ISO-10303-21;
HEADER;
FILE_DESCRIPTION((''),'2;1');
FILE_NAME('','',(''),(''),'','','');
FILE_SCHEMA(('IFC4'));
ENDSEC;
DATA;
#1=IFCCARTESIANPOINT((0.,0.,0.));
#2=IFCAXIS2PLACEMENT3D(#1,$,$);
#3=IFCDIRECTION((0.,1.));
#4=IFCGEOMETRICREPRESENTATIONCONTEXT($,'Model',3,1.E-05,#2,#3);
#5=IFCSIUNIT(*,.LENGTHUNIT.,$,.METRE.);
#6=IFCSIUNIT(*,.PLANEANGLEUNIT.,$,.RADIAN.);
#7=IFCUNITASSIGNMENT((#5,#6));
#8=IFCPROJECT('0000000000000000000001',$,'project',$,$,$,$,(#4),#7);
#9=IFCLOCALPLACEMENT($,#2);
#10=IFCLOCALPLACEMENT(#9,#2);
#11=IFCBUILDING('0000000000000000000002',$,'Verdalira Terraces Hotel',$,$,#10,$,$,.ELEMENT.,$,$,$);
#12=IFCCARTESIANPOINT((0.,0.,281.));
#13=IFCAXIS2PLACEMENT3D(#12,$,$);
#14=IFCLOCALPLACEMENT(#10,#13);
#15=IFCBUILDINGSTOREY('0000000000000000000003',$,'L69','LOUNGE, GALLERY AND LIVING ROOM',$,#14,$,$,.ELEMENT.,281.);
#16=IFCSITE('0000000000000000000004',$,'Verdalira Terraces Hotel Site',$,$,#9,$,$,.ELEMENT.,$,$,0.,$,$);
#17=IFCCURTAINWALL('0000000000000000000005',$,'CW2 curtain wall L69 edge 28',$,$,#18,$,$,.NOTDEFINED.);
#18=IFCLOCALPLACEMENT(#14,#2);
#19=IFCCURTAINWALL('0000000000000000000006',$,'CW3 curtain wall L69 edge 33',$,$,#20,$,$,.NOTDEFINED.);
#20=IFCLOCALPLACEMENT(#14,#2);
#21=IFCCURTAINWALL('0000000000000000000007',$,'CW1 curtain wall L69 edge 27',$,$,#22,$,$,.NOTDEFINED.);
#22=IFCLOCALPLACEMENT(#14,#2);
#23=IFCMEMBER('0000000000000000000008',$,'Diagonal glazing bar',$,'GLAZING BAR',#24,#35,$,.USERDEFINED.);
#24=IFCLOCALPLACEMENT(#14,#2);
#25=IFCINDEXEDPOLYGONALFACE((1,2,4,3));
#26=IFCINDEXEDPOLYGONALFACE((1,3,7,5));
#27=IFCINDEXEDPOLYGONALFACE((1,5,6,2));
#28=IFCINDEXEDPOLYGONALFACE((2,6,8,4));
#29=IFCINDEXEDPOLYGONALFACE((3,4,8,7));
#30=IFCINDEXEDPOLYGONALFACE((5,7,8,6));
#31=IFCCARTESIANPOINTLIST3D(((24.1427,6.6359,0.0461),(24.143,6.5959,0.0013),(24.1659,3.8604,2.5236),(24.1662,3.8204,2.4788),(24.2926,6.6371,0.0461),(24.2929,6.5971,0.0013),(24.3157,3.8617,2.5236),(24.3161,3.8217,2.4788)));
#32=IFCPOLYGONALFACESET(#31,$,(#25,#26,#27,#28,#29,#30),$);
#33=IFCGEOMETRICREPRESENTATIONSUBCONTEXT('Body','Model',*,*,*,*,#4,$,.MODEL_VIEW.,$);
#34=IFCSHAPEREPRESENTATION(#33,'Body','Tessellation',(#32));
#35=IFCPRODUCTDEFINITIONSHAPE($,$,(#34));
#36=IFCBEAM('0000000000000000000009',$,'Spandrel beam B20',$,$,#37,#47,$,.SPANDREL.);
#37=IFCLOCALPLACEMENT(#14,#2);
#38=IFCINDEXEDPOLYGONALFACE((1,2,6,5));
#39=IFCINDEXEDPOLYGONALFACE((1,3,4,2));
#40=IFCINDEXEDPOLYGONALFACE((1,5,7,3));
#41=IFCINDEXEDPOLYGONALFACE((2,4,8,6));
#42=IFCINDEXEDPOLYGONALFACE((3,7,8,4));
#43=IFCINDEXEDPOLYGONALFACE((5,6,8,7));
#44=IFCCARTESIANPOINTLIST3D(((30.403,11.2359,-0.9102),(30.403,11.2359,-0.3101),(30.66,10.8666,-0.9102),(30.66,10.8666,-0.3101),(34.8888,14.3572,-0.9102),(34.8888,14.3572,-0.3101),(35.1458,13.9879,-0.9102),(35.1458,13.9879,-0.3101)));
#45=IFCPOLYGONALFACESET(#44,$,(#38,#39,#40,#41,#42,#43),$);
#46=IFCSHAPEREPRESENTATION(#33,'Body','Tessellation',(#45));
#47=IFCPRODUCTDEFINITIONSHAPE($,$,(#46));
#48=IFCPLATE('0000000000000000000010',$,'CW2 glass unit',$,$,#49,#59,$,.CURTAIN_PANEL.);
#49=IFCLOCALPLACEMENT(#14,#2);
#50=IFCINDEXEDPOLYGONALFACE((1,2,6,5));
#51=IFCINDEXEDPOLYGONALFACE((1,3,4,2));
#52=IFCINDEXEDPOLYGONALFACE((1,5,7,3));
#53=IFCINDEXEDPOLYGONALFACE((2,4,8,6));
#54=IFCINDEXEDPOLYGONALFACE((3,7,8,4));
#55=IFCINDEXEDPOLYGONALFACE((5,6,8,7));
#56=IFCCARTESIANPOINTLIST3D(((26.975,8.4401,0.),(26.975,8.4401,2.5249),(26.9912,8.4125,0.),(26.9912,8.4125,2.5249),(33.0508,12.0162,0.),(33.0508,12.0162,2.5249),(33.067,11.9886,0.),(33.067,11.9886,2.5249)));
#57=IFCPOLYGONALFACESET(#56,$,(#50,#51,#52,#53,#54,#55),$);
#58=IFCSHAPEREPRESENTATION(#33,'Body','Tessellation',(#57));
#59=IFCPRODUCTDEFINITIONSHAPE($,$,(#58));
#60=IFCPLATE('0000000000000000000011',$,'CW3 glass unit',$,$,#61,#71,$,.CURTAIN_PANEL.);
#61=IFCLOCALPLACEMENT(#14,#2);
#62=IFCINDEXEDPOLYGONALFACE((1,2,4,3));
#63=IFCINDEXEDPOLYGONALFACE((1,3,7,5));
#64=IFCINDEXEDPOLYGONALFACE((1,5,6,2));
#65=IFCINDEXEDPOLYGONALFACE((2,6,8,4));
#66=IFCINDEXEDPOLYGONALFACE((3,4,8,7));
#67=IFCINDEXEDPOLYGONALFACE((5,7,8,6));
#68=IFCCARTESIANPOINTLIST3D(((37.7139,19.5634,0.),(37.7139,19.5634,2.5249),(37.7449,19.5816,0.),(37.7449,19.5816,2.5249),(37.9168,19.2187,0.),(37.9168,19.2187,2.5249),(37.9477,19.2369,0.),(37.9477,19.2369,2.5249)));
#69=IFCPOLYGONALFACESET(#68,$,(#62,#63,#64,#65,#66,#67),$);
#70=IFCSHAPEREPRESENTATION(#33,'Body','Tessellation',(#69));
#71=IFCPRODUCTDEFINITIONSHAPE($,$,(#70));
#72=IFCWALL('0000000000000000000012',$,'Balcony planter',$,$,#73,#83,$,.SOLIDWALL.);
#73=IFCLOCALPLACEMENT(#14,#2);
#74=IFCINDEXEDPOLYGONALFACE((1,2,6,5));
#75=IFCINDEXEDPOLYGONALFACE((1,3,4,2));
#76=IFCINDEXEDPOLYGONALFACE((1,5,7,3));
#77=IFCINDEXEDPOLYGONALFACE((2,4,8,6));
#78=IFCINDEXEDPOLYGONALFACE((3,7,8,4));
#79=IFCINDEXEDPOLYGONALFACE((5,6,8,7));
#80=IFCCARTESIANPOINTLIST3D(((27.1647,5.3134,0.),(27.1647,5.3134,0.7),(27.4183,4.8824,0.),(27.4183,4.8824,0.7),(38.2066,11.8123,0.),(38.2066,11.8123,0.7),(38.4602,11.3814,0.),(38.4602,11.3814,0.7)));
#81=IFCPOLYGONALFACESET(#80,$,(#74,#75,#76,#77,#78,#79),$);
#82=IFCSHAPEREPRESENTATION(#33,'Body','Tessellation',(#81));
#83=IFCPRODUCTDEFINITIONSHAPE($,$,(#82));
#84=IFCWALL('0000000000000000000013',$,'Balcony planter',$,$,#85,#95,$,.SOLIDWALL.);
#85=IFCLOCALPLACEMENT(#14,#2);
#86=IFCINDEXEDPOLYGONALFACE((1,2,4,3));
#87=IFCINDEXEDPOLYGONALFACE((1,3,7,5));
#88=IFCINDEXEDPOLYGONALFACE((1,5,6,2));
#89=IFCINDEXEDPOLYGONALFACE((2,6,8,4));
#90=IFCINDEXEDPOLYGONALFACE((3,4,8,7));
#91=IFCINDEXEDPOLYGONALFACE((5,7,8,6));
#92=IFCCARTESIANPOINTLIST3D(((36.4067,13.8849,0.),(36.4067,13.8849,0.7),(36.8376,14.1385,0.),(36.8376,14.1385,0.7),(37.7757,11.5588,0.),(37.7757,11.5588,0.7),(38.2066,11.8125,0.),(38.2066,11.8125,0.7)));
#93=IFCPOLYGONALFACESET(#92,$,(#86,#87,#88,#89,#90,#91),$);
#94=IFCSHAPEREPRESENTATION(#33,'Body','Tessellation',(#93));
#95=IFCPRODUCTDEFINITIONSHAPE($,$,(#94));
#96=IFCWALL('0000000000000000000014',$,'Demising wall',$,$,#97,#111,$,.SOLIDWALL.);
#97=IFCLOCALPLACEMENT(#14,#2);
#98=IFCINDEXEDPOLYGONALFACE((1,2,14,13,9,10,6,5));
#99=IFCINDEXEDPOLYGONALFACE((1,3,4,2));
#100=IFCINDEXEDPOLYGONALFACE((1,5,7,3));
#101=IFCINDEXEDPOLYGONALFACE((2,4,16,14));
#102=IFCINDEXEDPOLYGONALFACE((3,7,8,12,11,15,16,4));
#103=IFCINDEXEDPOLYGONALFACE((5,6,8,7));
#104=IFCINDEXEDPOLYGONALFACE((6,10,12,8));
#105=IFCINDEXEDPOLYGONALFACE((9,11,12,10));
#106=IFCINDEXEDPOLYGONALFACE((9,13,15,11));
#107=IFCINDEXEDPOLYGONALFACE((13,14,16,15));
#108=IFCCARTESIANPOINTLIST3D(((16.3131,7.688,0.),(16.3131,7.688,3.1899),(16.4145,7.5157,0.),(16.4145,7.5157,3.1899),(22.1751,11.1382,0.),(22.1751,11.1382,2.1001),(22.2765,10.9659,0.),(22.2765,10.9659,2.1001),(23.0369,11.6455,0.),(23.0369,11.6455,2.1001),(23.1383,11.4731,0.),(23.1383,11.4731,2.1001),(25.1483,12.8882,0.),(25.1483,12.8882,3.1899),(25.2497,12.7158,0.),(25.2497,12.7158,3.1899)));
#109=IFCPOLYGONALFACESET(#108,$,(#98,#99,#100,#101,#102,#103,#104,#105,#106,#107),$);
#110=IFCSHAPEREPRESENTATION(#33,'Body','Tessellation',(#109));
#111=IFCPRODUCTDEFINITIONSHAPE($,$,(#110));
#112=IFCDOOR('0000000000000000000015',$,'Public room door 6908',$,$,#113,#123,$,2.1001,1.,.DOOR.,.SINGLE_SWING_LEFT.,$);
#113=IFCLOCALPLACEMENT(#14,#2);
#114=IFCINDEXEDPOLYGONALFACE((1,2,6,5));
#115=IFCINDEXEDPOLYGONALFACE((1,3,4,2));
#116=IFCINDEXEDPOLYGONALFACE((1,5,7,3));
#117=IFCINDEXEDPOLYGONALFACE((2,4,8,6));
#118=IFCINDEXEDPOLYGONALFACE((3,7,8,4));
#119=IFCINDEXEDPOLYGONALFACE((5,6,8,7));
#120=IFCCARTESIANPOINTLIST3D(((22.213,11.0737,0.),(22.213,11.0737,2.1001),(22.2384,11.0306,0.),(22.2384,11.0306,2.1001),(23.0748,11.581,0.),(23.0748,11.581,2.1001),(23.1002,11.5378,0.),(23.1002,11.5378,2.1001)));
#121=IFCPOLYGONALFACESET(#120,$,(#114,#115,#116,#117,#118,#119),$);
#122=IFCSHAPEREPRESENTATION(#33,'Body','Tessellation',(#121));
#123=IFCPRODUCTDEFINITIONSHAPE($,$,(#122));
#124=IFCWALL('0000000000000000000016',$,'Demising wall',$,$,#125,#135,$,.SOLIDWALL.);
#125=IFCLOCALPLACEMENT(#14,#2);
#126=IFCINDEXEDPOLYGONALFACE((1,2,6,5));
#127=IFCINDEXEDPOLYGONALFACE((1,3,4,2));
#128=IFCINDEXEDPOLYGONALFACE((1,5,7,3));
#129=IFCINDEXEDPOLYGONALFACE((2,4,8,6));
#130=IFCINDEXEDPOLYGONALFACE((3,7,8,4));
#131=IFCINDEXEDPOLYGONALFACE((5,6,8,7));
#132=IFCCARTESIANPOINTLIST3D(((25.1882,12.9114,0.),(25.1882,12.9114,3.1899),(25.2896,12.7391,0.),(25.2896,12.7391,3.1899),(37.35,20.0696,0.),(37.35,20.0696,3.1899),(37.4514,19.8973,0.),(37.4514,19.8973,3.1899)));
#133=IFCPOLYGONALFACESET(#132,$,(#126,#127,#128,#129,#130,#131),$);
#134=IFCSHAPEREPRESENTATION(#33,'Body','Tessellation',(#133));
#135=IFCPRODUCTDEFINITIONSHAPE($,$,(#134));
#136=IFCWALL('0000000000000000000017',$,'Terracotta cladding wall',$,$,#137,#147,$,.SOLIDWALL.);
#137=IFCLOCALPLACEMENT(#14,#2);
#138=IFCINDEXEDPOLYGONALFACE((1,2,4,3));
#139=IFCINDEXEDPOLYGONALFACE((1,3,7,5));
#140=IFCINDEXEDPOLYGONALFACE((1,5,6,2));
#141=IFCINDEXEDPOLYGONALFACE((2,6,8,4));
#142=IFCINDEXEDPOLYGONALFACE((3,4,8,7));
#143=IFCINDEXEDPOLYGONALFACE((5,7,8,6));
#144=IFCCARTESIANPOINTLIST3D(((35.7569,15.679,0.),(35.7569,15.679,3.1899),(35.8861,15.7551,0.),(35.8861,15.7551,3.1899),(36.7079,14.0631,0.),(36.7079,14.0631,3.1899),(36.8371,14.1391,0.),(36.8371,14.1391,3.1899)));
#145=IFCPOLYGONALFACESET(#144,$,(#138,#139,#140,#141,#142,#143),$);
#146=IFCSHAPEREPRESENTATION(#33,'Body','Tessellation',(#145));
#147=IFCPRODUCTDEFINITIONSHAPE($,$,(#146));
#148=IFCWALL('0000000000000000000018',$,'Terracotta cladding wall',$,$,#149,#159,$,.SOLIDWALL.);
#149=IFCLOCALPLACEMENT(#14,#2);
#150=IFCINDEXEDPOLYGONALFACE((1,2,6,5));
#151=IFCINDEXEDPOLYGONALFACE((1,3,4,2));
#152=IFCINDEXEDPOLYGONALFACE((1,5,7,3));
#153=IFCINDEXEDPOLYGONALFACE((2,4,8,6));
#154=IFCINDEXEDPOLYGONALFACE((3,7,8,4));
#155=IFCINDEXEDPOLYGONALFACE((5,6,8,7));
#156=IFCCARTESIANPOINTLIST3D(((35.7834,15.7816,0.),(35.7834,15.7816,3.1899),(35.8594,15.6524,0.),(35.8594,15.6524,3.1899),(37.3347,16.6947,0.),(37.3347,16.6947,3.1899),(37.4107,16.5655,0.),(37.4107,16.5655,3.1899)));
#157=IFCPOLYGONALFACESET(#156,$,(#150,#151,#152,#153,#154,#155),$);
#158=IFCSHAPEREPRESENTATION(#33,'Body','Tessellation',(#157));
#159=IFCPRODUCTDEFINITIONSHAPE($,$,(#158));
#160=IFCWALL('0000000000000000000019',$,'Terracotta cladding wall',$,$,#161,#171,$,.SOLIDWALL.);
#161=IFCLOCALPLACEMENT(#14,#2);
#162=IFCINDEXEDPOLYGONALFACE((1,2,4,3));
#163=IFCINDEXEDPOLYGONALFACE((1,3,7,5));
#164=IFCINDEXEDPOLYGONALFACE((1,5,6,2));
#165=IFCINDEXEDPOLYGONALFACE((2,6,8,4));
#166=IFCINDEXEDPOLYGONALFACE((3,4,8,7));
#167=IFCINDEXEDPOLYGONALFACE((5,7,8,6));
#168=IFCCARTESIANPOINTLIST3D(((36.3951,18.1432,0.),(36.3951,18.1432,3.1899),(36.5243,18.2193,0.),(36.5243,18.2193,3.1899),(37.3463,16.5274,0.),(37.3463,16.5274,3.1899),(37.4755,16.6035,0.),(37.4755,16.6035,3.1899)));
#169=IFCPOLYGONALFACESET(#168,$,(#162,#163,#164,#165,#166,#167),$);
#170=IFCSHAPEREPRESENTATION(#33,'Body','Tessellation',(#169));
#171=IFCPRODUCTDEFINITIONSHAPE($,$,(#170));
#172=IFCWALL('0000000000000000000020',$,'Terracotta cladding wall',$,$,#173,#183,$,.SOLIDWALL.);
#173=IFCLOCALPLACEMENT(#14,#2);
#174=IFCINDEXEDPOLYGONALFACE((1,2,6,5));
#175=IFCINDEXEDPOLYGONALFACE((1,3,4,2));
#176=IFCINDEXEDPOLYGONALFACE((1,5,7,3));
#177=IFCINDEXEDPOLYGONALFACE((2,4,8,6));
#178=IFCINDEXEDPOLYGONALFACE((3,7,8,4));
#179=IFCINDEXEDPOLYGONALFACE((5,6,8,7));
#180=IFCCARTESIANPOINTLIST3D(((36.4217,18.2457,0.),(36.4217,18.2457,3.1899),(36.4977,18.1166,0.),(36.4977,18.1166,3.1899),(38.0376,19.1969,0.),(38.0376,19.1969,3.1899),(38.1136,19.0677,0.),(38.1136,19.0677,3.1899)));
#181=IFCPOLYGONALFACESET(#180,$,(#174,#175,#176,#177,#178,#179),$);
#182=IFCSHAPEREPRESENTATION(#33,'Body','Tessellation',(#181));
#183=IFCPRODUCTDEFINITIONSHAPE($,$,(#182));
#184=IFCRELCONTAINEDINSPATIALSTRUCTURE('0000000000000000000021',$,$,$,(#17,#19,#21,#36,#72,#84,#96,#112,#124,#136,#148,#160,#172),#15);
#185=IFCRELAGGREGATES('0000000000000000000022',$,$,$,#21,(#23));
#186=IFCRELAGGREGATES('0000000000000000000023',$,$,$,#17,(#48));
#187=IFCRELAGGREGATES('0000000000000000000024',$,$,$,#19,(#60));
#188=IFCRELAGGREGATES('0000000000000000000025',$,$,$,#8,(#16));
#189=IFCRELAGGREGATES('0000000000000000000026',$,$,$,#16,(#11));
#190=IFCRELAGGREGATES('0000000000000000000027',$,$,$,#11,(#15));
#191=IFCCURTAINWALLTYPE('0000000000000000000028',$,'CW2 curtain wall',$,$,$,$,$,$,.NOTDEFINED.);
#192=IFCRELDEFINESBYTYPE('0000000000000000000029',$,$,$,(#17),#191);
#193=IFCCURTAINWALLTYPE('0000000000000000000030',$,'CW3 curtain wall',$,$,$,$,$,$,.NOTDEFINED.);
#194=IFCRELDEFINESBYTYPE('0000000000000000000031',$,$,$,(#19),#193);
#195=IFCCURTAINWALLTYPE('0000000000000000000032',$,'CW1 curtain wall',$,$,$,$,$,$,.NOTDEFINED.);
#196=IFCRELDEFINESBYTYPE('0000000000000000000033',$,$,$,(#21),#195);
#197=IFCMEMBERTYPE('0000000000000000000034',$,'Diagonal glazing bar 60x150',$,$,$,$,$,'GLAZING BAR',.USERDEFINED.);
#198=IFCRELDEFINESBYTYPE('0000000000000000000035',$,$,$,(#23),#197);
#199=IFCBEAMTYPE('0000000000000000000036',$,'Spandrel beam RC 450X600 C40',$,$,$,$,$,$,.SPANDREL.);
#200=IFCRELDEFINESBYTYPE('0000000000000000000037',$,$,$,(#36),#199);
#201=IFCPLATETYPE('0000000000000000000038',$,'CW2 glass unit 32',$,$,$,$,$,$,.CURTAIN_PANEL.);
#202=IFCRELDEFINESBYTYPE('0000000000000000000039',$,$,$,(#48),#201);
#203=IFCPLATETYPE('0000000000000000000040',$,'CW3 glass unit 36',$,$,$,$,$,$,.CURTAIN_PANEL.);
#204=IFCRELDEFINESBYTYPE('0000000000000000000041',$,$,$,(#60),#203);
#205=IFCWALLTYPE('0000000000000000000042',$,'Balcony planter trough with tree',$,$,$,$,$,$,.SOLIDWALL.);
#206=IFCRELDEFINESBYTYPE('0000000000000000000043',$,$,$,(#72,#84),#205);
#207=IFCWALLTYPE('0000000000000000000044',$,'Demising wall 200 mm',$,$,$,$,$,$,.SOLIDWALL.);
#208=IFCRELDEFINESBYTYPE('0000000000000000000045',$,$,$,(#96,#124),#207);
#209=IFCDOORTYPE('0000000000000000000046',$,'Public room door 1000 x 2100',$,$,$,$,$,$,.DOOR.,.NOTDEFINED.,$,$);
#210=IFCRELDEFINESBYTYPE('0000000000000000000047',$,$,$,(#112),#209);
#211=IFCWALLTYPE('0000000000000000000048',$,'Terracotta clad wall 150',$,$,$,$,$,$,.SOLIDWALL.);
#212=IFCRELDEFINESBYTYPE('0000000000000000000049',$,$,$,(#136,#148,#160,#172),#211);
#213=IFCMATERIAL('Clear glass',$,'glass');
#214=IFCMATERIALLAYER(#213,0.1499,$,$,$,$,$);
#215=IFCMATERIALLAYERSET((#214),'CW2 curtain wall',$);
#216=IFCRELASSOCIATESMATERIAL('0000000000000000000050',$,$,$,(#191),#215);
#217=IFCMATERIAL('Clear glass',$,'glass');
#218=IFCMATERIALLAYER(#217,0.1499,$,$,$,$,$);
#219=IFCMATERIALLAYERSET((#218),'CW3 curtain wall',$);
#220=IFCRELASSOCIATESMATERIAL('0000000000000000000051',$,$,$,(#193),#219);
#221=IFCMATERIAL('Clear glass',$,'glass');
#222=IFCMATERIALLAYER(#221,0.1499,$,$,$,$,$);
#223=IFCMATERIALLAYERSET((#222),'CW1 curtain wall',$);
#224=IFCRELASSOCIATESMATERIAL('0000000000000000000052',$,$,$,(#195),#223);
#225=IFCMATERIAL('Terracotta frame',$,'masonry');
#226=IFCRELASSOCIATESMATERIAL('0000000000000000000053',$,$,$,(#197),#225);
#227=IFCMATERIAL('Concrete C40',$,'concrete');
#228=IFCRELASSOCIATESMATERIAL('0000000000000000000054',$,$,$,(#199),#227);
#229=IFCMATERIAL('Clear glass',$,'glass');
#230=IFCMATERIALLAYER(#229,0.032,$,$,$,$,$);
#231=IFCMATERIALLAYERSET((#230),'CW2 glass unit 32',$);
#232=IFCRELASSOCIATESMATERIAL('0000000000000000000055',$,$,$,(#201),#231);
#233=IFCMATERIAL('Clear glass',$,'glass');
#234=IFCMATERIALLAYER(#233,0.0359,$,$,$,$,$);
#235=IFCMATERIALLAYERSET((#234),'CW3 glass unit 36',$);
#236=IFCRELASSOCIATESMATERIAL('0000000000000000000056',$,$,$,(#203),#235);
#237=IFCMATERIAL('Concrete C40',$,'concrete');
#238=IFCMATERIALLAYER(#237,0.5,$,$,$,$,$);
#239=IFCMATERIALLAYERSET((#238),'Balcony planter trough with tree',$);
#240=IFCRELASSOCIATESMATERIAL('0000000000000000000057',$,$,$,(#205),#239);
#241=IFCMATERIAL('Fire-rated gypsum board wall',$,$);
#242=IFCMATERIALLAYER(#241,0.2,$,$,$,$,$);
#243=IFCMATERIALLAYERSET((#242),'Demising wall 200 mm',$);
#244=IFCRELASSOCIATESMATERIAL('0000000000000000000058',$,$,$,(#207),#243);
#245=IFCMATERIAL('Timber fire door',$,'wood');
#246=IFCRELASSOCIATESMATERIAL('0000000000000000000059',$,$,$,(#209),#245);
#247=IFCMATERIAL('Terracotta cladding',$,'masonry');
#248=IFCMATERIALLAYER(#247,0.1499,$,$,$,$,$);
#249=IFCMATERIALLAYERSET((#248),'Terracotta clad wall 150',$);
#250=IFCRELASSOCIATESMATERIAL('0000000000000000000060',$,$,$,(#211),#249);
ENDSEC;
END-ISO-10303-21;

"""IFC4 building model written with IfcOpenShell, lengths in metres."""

from ifc_helpers import new_model, si_unit, direction, frame, frame_2d, origin, origin_2d, place, context, subcontext, project, spatial, rectangle, extrude, material, layer, layer_set, material_profile, profile_set, type_object, element, fill, aggregate, save


model = new_model("IFC4")

# Units and contexts
model_context = context("Model", 3, precision=1e-05, world=origin(), true_north=direction((0.0, 1.0)))
body_context = subcontext(model_context, "Body", "Model", "MODEL_VIEW")
ifc_project = project(units=[si_unit("LENGTHUNIT", "METRE"), si_unit("PLANEANGLEUNIT", "RADIAN")], contexts=[model_context])

# Site, building, storey
site_placement = place(None, origin())
site = spatial("IfcSite", under=ifc_project, at=site_placement, Name="Verdalira Terraces Hotel Site", CompositionType="ELEMENT", RefElevation=0.0)
building_placement = place(site_placement, origin())
building = spatial("IfcBuilding", under=site, at=building_placement, Name="Verdalira Terraces Hotel", CompositionType="ELEMENT")
storey_placement = place(building_placement, frame((0.0, 0.0, 281.0)))
storey = spatial("IfcBuildingStorey", under=building, at=storey_placement, Name="L69", Description="LOUNGE, GALLERY AND LIVING ROOM", CompositionType="ELEMENT", Elevation=281.0)

# Curtain walls
ifc_material_1 = material(Name="Clear glass", Category="glass")
ifc_layer_1 = layer(ifc_material_1, 0.1499)
ifc_layer_set_1 = layer_set([ifc_layer_1], Name="CW2 curtain wall")
curtain_wall_type_1 = type_object("IfcCurtainWallType", Name="CW2 curtain wall", PredefinedType="NOTDEFINED", material=ifc_layer_set_1)
curtain_wall_1_placement = place(storey_placement, origin())
curtain_wall_1 = element("IfcCurtainWall", 1, at=curtain_wall_1_placement, inside=storey, type_object=curtain_wall_type_1, Name="CW2 curtain wall L69 edge 28", PredefinedType="NOTDEFINED")
ifc_material_2 = material(Name="Clear glass", Category="glass")
ifc_layer_2 = layer(ifc_material_2, 0.1499)
ifc_layer_set_2 = layer_set([ifc_layer_2], Name="CW3 curtain wall")
curtain_wall_type_2 = type_object("IfcCurtainWallType", Name="CW3 curtain wall", PredefinedType="NOTDEFINED", material=ifc_layer_set_2)
curtain_wall_2_placement = place(storey_placement, origin())
curtain_wall_2 = element("IfcCurtainWall", 2, at=curtain_wall_2_placement, inside=storey, type_object=curtain_wall_type_2, Name="CW3 curtain wall L69 edge 33", PredefinedType="NOTDEFINED")

# Curtain wall, member
ifc_material_3 = material(Name="Clear glass", Category="glass")
ifc_layer_3 = layer(ifc_material_3, 0.1499)
ifc_layer_set_3 = layer_set([ifc_layer_3], Name="CW1 curtain wall")
curtain_wall_type_3 = type_object("IfcCurtainWallType", Name="CW1 curtain wall", PredefinedType="NOTDEFINED", material=ifc_layer_set_3)
curtain_wall_3_placement = place(storey_placement, origin())
curtain_wall_3 = element("IfcCurtainWall", 3, at=curtain_wall_3_placement, inside=storey, type_object=curtain_wall_type_3, Name="CW1 curtain wall L69 edge 27", PredefinedType="NOTDEFINED")
ifc_material_4 = material(Name="Terracotta frame", Category="masonry")
ifc_material_profile_1 = material_profile(ifc_material_4, rectangle(XDim=0.1499, YDim=0.0601, at=origin_2d()), Name="GB 60x150")
ifc_profile_set_1 = profile_set([ifc_material_profile_1], Name="Terracotta frame")
member_type_1 = type_object("IfcMemberType", Name="Diagonal glazing bar 60x150", ElementType="GLAZING BAR", PredefinedType="USERDEFINED", material=ifc_profile_set_1)
member_1_placement = place(storey_placement, frame((24.241, 3.8411, 2.5012), z_axis=(-0.006234, 0.745988, -0.66593), x_axis=(-0.999965, -0.008356, 0.0)))
member_1 = element("IfcMember", 4, at=member_1_placement, type_object=member_type_1, Name="Diagonal glazing bar", ObjectType="GLAZING BAR", PredefinedType="USERDEFINED", context=body_context, shape_type="SweptSolid", body=[
    extrude(rectangle(XDim=0.1499, YDim=0.0601, at=origin_2d()), origin(), (0.0, 0.0, 1.0), 3.7205),
])
aggregate(curtain_wall_3, [member_1])

# Beam
ifc_material_5 = material(Name="Concrete C40", Category="concrete")
ifc_material_profile_2 = material_profile(ifc_material_5, rectangle(XDim=0.45, YDim=0.6001, at=origin_2d()), Name="RC 450X600")
ifc_profile_set_2 = profile_set([ifc_material_profile_2], Name="Concrete C40")
beam_type_1 = type_object("IfcBeamType", Name="Spandrel beam RC 450X600 C40", PredefinedType="SPANDREL", material=ifc_profile_set_2)
beam_1_placement = place(storey_placement, frame((30.5315, 11.0513, -0.6101), z_axis=(0.820841, 0.571157, 0.0), x_axis=(-0.571157, 0.820841, 0.0)))
element("IfcBeam", 5, at=beam_1_placement, inside=storey, type_object=beam_type_1, Name="Spandrel beam B20", PredefinedType="SPANDREL", context=body_context, shape_type="SweptSolid", body=[
    extrude(rectangle(XDim=0.45, YDim=0.6001, at=origin_2d()), origin(), (0.0, 0.0, 1.0), 5.4648),
])

# Plates
ifc_material_6 = material(Name="Clear glass", Category="glass")
ifc_layer_4 = layer(ifc_material_6, 0.032)
ifc_layer_set_4 = layer_set([ifc_layer_4], Name="CW2 glass unit 32")
plate_type_1 = type_object("IfcPlateType", Name="CW2 glass unit 32", PredefinedType="CURTAIN_PANEL", material=ifc_layer_set_4)
plate_1_placement = place(storey_placement, frame((30.021, 10.2144, 0.0), z_axis=(0.0, 0.0, 1.0), x_axis=(0.861806, 0.507238, 0.0)))
plate_1 = element("IfcPlate", 6, at=plate_1_placement, type_object=plate_type_1, Name="CW2 glass unit", PredefinedType="CURTAIN_PANEL", context=body_context, shape_type="SweptSolid", body=[
    extrude(rectangle(XDim=7.05, YDim=0.032, at=origin_2d()), origin(), (0.0, 0.0, 1.0), 2.5249),
])
aggregate(curtain_wall_1, [plate_1])
ifc_material_7 = material(Name="Clear glass", Category="glass")
ifc_layer_5 = layer(ifc_material_7, 0.0359)
ifc_layer_set_5 = layer_set([ifc_layer_5], Name="CW3 glass unit 36")
plate_type_2 = type_object("IfcPlateType", Name="CW3 glass unit 36", PredefinedType="CURTAIN_PANEL", material=ifc_layer_set_5)
plate_2_placement = place(storey_placement, frame((37.8308, 19.4001, 0.0), z_axis=(0.0, 0.0, 1.0), x_axis=(-0.507238, 0.861806, 0.0)))
plate_2 = element("IfcPlate", 7, at=plate_2_placement, type_object=plate_type_2, Name="CW3 glass unit", PredefinedType="CURTAIN_PANEL", context=body_context, shape_type="SweptSolid", body=[
    extrude(rectangle(XDim=0.3999, YDim=0.0359, at=origin_2d()), origin(), (0.0, 0.0, 1.0), 2.5249),
])
aggregate(curtain_wall_2, [plate_2])

# Walls
ifc_material_8 = material(Name="Concrete C40", Category="concrete")
ifc_layer_6 = layer(ifc_material_8, 0.5)
ifc_layer_set_6 = layer_set([ifc_layer_6], Name="Balcony planter trough with tree")
wall_type_1 = type_object("IfcWallType", Name="Balcony planter trough with tree", PredefinedType="SOLIDWALL", material=ifc_layer_set_6)
wall_1_placement = place(storey_placement, frame((27.2915, 5.0979, 0.0), z_axis=(0.0, 0.0, 1.0), x_axis=(0.861807, 0.507237, 0.0)))
element("IfcWall", 8, at=wall_1_placement, inside=storey, type_object=wall_type_1, Name="Balcony planter", PredefinedType="SOLIDWALL", context=body_context, shape_type="SweptSolid", body=[
    extrude(rectangle(XDim=12.8125, YDim=0.5, at=frame_2d((6.4062, 0.0))), origin(), (0.0, 0.0, 1.0), 0.7),
])
wall_2_placement = place(storey_placement, frame((37.9912, 11.6855, 0.0), z_axis=(0.0, 0.0, 1.0), x_axis=(-0.507214, 0.86182, 0.0)))
element("IfcWall", 9, at=wall_2_placement, inside=storey, type_object=wall_type_1, Name="Balcony planter", PredefinedType="SOLIDWALL", context=body_context, shape_type="SweptSolid", body=[
    extrude(rectangle(XDim=2.699, YDim=0.5, at=frame_2d((1.3496, 0.0))), origin(), (0.0, 0.0, 1.0), 0.7),
])

# Wall, opening, door
ifc_material_9 = material(Name="Fire-rated gypsum board wall")
ifc_layer_7 = layer(ifc_material_9, 0.2)
ifc_layer_set_7 = layer_set([ifc_layer_7], Name="Demising wall 200 mm")
wall_type_2 = type_object("IfcWallType", Name="Demising wall 200 mm", PredefinedType="SOLIDWALL", material=ifc_layer_set_7)
wall_3_placement = place(storey_placement, frame((25.199, 12.802, 0.0), z_axis=(0.0, 0.0, 1.0), x_axis=(-0.861806, -0.507239, 0.0)))
wall_3 = element("IfcWall", 10, at=wall_3_placement, inside=storey, type_object=wall_type_2, Name="Demising wall", PredefinedType="SOLIDWALL", context=body_context, shape_type="SweptSolid", body=[
    extrude(rectangle(XDim=10.252, YDim=0.2, at=frame_2d((5.126, 0.0))), origin(), (0.0, 0.0, 1.0), 3.1899),
])
opening_1_placement = place(wall_3_placement, frame((2.45, 0.0, 0.0)))
opening_1 = element("IfcOpeningElement", 11, at=opening_1_placement, cuts=wall_3, PredefinedType="OPENING", context=body_context, shape_type="SweptSolid", body=[
    extrude(rectangle(XDim=1.0, YDim=2.1001, at=frame_2d((0.5, 1.05))), frame((0.0, 0.1099, 0.0), z_axis=(0.0, -1.0, 0.0), x_axis=(1.0, 0.0, 0.0)), (0.0, 0.0, 1.0), 0.22),
])
ifc_material_10 = material(Name="Timber fire door", Category="wood")
door_type_1 = type_object("IfcDoorType", Name="Public room door 1000 x 2100", OperationType="NOTDEFINED", PredefinedType="DOOR", material=ifc_material_10)
door_1_placement = place(opening_1_placement, origin())
door_1 = element("IfcDoor", 12, at=door_1_placement, inside=storey, type_object=door_type_1, Name="Public room door 6908", OperationType="SINGLE_SWING_LEFT", OverallHeight=2.1001, OverallWidth=1.0, PredefinedType="DOOR", context=body_context, shape_type="SweptSolid", body=[
    extrude(rectangle(XDim=1.0, YDim=2.1001, at=frame_2d((0.5, 1.05))), frame((0.0, 0.0249, 0.0), z_axis=(0.0, -1.0, 0.0), x_axis=(1.0, 0.0, 0.0)), (0.0, 0.0, 1.0), 0.05),
])
fill(opening_1, door_1)

# Walls
wall_4_placement = place(storey_placement, frame((25.2388, 12.8252, 0.0), z_axis=(0.0, 0.0, 1.0), x_axis=(0.861805, 0.507239, 0.0)))
element("IfcWall", 13, at=wall_4_placement, inside=storey, type_object=wall_type_2, Name="Demising wall", PredefinedType="SOLIDWALL", context=body_context, shape_type="SweptSolid", body=[
    extrude(rectangle(XDim=14.1121, YDim=0.2, at=frame_2d((7.0562, 0.0))), origin(), (0.0, 0.0, 1.0), 3.1899),
])
ifc_material_11 = material(Name="Terracotta cladding", Category="masonry")
ifc_layer_8 = layer(ifc_material_11, 0.1499)
ifc_layer_set_8 = layer_set([ifc_layer_8], Name="Terracotta clad wall 150")
wall_type_3 = type_object("IfcWallType", Name="Terracotta clad wall 150", PredefinedType="SOLIDWALL", material=ifc_layer_set_8)
wall_5_placement = place(storey_placement, frame((36.7725, 14.1011, 0.0), z_axis=(0.0, 0.0, 1.0), x_axis=(-0.507162, 0.861851, 0.0)))
element("IfcWall", 14, at=wall_5_placement, inside=storey, type_object=wall_type_3, Name="Terracotta cladding wall", PredefinedType="SOLIDWALL", context=body_context, shape_type="SweptSolid", body=[
    extrude(rectangle(XDim=1.875, YDim=0.1499, at=frame_2d((0.9375, 0.0))), origin(), (0.0, 0.0, 1.0), 3.1899),
])
wall_6_placement = place(storey_placement, frame((35.8215, 15.717, 0.0), z_axis=(0.0, 0.0, 1.0), x_axis=(0.861795, 0.507257, 0.0)))
element("IfcWall", 15, at=wall_6_placement, inside=storey, type_object=wall_type_3, Name="Terracotta cladding wall", PredefinedType="SOLIDWALL", context=body_context, shape_type="SweptSolid", body=[
    extrude(rectangle(XDim=1.8, YDim=0.1499, at=frame_2d((0.8999, 0.0))), origin(), (0.0, 0.0, 1.0), 3.1899),
])
for number, where, z_axis, x_axis, name in (
    (16, (37.4109, 16.5654, 0.0), (0.0, 0.0, 1.0), (-0.507316, 0.86176, 0.0), "Terracotta cladding wall"),
    (17, (36.4597, 18.1812, 0.0), (0.0, 0.0, 1.0), (0.861794, 0.507259, 0.0), "Terracotta cladding wall"),
):
    element("IfcWall", number, at=place(storey_placement, frame(where, z_axis=z_axis, x_axis=x_axis)), inside=storey, type_object=wall_type_3, Name=name, PredefinedType="SOLIDWALL", context=body_context, shape_type="SweptSolid", body=[
        extrude(rectangle(XDim=1.875, YDim=0.1499, at=frame_2d((0.9375, 0.0))), origin(), (0.0, 0.0, 1.0), 3.1899),
    ])

save(model, "model.ifc")
